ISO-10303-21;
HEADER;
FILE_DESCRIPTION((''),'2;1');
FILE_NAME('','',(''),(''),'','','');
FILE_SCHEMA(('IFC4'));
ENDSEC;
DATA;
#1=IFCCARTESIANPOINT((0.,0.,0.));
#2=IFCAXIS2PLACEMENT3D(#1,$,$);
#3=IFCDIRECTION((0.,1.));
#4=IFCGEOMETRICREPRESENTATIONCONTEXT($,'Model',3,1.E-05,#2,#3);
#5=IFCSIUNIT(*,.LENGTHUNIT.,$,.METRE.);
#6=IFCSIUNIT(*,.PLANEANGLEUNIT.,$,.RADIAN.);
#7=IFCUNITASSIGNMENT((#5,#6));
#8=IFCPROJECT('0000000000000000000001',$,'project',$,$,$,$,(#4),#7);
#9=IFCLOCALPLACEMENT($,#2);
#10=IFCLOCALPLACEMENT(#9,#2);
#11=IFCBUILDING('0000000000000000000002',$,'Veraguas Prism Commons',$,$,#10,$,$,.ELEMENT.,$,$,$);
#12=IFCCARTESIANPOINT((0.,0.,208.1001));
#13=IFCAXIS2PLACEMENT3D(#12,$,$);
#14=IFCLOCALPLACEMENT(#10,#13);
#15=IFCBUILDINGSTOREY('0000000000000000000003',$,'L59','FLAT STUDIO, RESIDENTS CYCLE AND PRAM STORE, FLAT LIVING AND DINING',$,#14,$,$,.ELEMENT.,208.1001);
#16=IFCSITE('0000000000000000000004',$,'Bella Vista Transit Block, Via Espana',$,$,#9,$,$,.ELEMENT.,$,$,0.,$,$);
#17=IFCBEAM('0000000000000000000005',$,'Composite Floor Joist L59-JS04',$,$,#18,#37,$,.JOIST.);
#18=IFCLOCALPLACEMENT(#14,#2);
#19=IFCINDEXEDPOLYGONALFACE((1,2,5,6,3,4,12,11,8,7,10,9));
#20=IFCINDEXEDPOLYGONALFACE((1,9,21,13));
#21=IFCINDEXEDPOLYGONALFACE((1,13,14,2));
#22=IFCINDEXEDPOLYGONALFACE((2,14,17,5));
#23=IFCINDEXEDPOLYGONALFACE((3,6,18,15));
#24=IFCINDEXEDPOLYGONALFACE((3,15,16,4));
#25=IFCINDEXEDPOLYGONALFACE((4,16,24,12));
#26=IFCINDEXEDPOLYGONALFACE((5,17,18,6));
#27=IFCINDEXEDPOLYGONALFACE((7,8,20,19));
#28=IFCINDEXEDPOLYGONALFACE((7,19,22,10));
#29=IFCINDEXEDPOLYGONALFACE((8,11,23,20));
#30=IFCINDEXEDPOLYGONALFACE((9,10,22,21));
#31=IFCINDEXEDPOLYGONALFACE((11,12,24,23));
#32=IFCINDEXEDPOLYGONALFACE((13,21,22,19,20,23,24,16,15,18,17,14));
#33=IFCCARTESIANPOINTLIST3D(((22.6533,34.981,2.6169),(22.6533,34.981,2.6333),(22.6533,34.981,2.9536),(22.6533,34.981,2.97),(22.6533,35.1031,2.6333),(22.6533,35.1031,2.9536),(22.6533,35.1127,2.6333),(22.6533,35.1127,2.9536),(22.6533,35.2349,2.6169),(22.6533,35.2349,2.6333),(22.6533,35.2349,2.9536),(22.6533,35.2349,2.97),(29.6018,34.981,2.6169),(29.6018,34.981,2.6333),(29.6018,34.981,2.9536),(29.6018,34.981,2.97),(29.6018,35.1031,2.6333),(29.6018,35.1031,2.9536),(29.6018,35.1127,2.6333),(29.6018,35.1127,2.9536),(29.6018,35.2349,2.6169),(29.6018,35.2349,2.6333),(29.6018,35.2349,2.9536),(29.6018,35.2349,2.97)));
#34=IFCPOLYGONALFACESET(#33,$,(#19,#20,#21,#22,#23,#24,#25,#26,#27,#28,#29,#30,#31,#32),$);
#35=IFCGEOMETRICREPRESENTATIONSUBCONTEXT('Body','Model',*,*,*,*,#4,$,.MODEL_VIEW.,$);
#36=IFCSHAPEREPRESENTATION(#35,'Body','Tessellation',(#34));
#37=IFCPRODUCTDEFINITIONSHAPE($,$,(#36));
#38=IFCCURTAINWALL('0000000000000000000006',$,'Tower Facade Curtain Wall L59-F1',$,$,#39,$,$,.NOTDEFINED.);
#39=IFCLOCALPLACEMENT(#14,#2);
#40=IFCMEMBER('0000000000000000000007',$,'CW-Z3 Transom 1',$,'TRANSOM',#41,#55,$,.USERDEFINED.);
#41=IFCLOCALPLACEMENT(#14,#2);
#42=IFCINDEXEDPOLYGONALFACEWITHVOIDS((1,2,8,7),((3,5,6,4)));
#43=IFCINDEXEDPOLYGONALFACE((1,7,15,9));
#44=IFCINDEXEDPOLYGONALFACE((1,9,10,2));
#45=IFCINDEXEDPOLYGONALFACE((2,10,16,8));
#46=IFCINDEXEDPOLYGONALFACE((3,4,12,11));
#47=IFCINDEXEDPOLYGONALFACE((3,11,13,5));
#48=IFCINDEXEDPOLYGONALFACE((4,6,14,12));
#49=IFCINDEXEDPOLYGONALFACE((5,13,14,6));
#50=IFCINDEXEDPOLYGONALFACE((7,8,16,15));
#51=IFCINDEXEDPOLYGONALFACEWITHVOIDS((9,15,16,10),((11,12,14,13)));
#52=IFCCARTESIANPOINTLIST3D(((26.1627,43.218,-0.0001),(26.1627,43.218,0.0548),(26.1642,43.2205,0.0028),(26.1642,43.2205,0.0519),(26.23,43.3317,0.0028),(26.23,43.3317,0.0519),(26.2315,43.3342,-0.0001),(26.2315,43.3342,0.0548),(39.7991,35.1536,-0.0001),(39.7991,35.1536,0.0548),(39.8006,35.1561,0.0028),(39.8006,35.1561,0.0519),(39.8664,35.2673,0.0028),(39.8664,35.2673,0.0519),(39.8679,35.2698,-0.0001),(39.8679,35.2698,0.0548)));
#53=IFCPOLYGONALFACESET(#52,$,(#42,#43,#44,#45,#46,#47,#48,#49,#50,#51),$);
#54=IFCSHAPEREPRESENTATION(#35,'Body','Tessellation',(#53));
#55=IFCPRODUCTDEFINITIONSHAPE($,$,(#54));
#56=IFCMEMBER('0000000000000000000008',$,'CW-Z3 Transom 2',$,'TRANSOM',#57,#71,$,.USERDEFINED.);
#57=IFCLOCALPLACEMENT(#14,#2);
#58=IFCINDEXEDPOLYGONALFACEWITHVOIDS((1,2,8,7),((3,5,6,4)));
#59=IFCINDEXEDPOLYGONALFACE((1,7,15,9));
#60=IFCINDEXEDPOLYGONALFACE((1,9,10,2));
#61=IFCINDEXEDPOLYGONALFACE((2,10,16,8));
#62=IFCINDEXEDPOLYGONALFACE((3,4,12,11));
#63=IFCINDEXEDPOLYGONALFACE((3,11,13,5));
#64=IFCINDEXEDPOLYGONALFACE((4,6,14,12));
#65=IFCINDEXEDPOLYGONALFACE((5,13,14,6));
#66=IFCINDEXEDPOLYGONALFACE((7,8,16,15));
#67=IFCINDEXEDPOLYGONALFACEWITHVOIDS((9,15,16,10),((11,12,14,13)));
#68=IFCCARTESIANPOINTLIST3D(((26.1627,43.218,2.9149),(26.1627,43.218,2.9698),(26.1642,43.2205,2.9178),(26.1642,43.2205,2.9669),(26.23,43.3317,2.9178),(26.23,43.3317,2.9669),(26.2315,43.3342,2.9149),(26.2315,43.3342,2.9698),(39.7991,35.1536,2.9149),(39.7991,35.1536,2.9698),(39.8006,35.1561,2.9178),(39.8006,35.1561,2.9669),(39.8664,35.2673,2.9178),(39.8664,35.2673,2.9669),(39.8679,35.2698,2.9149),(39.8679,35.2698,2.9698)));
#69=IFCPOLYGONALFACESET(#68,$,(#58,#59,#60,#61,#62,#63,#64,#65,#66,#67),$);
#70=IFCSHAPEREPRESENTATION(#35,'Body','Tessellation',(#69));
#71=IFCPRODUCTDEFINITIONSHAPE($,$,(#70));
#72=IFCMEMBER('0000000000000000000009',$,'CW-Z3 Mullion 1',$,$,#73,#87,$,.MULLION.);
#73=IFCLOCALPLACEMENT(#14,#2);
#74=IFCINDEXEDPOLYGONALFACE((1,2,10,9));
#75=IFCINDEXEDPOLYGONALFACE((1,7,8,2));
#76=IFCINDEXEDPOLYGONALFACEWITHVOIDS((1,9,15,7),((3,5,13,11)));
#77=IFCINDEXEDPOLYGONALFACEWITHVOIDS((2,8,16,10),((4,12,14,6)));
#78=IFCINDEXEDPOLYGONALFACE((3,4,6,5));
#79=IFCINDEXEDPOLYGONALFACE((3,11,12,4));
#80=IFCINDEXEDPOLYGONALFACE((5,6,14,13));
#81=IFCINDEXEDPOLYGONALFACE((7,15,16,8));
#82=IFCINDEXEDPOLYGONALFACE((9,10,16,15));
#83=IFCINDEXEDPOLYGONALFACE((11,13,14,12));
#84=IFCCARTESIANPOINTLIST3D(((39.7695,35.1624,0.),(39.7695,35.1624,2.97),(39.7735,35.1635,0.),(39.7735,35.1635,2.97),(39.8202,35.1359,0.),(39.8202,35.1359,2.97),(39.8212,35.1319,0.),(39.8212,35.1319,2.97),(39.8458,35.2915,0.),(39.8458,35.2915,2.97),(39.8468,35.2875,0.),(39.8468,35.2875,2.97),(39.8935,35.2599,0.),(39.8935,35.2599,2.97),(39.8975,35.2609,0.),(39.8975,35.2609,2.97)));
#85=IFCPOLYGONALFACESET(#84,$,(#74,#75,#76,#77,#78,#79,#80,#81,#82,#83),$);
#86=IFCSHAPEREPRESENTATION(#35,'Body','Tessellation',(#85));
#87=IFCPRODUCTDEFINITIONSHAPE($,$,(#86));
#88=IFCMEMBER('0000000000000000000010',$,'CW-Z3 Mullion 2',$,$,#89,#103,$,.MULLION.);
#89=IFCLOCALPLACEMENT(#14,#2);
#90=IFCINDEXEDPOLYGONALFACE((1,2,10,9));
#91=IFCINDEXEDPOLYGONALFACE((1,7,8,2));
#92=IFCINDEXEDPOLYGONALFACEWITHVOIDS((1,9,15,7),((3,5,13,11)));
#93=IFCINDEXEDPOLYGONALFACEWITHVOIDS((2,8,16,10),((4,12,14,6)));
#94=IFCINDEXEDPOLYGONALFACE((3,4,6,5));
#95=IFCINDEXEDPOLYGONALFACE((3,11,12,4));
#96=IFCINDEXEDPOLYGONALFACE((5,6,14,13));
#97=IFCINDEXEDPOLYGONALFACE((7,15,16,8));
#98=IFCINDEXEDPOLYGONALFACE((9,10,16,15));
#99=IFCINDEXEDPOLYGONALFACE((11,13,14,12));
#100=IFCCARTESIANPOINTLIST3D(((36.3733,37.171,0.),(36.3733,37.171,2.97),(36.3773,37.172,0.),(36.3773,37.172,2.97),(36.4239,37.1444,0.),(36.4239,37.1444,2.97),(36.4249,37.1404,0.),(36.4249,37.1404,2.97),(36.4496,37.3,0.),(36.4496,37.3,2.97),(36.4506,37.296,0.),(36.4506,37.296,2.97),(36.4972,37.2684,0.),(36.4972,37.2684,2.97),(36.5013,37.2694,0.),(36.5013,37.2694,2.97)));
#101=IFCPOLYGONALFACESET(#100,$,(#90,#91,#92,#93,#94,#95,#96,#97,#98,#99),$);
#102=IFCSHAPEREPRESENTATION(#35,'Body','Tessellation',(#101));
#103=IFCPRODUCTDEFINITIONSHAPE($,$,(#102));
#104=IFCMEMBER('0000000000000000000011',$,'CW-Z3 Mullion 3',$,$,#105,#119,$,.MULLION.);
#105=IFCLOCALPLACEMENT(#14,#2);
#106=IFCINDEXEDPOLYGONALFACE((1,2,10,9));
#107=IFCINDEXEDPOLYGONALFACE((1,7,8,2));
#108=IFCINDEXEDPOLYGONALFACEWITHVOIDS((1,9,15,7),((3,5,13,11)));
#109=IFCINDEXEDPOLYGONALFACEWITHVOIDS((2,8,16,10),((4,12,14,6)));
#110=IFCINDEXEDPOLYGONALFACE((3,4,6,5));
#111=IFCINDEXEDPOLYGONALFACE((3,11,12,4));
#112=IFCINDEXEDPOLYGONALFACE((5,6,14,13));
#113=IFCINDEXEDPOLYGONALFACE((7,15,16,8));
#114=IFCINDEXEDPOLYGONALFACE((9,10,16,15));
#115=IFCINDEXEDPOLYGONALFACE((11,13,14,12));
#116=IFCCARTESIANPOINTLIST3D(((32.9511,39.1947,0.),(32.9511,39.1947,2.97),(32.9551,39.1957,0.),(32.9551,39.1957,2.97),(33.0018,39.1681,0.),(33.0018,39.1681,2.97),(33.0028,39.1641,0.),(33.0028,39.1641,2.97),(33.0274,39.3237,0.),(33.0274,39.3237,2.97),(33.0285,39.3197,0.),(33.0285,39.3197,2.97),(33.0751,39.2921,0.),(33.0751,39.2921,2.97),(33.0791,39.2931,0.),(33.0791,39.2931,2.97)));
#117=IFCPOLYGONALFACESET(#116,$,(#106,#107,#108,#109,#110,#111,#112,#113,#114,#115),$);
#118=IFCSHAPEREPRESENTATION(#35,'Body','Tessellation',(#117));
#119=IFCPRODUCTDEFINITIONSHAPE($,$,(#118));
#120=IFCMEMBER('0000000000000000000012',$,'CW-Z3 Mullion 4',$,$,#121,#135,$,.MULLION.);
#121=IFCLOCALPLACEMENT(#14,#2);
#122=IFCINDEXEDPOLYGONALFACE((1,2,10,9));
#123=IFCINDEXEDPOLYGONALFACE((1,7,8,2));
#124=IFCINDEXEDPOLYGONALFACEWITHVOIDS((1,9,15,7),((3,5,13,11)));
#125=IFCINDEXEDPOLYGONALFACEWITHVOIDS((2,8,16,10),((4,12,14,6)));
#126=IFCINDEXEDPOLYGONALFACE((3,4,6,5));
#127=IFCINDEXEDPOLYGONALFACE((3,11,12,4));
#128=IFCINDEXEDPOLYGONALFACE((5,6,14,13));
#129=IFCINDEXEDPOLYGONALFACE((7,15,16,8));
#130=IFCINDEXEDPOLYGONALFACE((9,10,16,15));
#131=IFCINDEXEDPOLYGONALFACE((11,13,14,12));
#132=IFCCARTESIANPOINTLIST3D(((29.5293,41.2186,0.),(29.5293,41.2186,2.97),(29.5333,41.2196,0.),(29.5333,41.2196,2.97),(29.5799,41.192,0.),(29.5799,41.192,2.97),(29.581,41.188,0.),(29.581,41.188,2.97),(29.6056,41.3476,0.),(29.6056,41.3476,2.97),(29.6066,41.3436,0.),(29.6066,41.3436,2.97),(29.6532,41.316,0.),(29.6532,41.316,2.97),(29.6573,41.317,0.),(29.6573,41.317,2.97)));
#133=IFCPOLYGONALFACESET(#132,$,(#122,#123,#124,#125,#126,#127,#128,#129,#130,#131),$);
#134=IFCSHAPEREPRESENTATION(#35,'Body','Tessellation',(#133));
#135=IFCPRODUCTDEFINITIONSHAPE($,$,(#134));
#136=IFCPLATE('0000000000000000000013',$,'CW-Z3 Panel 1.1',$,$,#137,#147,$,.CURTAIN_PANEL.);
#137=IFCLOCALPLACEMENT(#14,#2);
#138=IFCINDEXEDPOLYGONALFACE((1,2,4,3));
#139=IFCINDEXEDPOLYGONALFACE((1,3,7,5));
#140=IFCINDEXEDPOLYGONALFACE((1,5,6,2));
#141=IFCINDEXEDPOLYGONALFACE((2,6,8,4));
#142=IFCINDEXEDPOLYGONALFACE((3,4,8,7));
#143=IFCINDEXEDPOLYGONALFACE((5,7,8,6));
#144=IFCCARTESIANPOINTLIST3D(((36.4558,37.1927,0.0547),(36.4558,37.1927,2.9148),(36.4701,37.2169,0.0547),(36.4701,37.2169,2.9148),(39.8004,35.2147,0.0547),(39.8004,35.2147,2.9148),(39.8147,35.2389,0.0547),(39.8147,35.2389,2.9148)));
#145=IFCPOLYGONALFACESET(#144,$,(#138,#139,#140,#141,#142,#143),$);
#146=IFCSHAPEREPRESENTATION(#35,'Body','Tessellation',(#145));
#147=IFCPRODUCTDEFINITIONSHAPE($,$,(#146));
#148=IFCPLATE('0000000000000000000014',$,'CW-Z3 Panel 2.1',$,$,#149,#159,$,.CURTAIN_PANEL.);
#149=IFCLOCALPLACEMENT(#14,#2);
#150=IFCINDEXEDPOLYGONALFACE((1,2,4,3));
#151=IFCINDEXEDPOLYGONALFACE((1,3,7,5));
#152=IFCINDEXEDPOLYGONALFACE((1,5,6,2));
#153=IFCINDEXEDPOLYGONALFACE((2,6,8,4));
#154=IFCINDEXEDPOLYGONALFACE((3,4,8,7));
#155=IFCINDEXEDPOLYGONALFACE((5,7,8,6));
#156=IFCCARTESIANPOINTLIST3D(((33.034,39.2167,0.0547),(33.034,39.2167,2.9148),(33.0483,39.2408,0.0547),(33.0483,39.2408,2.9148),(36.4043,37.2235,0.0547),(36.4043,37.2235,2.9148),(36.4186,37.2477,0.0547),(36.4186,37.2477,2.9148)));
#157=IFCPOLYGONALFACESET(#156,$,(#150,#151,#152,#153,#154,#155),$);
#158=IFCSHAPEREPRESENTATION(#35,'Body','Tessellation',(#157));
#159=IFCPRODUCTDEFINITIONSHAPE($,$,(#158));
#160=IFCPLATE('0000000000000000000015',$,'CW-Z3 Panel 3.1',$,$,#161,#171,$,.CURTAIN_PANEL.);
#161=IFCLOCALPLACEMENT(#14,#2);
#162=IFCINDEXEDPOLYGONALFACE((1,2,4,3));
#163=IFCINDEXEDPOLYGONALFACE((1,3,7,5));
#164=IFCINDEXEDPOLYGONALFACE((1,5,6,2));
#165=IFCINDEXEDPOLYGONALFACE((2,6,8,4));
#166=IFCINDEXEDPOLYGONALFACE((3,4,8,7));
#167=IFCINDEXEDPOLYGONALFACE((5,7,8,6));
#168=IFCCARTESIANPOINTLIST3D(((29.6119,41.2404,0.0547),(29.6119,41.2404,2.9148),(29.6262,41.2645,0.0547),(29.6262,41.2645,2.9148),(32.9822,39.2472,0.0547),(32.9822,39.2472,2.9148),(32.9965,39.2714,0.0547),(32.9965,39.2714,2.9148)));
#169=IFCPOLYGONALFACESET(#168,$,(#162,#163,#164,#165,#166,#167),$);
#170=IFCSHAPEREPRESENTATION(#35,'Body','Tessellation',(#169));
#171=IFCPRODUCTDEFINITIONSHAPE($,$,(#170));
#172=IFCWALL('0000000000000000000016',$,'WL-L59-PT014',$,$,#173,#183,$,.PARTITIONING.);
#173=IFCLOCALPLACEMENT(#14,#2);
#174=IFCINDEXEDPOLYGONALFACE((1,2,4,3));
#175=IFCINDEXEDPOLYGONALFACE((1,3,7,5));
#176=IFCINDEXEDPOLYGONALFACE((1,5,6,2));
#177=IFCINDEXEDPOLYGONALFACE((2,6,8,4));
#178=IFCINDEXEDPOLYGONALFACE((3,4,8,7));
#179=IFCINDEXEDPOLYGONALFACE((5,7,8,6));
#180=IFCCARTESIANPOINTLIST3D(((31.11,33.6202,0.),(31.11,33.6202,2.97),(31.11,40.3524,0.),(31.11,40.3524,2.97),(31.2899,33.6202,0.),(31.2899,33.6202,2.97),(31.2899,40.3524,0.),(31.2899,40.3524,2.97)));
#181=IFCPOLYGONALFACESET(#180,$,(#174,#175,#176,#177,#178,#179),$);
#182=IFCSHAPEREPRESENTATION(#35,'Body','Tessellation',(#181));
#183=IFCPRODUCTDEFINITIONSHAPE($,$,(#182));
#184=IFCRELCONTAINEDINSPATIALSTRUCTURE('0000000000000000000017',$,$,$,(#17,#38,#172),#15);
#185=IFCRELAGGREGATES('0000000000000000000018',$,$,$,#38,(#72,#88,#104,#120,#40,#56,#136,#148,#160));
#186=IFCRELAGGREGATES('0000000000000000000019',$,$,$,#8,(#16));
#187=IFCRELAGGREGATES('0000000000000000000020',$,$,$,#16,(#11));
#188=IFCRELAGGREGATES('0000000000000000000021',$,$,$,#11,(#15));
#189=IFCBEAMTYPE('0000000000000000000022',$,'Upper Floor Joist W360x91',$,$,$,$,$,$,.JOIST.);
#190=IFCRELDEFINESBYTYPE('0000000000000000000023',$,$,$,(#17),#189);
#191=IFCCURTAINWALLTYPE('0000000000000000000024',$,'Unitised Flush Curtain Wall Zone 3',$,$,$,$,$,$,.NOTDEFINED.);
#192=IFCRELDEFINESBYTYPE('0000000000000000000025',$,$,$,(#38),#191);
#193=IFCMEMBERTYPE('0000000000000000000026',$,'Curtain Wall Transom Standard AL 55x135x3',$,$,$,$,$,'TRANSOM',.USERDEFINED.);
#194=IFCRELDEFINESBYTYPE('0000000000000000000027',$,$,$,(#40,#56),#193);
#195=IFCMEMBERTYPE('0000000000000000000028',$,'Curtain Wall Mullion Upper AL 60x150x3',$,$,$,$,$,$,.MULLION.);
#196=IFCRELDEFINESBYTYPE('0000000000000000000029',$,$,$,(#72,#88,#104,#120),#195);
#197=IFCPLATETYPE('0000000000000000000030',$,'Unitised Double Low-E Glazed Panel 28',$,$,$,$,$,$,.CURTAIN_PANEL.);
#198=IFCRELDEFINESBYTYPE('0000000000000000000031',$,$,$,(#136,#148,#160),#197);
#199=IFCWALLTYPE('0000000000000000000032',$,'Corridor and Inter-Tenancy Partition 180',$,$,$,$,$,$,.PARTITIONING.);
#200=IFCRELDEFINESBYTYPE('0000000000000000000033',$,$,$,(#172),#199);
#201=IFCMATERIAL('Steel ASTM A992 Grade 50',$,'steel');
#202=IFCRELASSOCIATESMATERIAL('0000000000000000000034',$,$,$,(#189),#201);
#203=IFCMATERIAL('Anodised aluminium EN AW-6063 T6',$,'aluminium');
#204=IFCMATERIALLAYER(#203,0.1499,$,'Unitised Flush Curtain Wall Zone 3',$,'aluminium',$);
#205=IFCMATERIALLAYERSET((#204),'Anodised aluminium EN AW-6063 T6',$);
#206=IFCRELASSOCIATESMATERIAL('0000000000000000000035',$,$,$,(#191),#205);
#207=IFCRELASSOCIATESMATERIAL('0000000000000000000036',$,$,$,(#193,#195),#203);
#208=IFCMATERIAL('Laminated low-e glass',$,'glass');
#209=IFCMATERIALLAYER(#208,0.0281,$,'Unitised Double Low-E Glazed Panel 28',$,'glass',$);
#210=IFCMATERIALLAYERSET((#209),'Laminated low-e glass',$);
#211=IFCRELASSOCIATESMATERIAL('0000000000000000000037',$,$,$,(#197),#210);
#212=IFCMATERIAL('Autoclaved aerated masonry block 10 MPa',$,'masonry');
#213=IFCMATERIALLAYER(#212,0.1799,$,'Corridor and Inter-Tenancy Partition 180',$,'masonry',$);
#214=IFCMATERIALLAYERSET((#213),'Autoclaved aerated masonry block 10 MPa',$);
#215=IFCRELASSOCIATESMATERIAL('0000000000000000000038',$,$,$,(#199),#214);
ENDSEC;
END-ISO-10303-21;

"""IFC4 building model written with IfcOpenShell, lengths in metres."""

from ifc_helpers import new_model, si_unit, direction, frame, frame_2d, origin, origin_2d, place, context, subcontext, project, spatial, rectangle, hollow_rectangle, i_section, extrude, source, transform, mapped, material, layer, layer_set, material_profile, profile_set, type_object, element, aggregate, save


model = new_model("IFC4")

# Units and contexts
model_context = context("Model", 3, precision=1e-05, world=origin(), true_north=direction((0.0, 1.0)))
body_context = subcontext(model_context, "Body", "Model", "MODEL_VIEW")
ifc_project = project(units=[si_unit("LENGTHUNIT", "METRE"), si_unit("PLANEANGLEUNIT", "RADIAN")], contexts=[model_context])

# Site, building, storey
site_placement = place(None, origin())
site = spatial("IfcSite", under=ifc_project, at=site_placement, Name="Bella Vista Transit Block, Via Espana", CompositionType="ELEMENT", RefElevation=0.0)
building_placement = place(site_placement, origin())
building = spatial("IfcBuilding", under=site, at=building_placement, Name="Veraguas Prism Commons", CompositionType="ELEMENT")
storey_placement = place(building_placement, frame((0.0, 0.0, 208.1001)))
storey = spatial("IfcBuildingStorey", under=building, at=storey_placement, Name="L59", Description="FLAT STUDIO, RESIDENTS CYCLE AND PRAM STORE, FLAT LIVING AND DINING", CompositionType="ELEMENT", Elevation=208.1001)

# Beam
ifc_material_1 = material(Name="Steel ASTM A992 Grade 50", Category="steel")
ifc_material_profile_1 = material_profile(ifc_material_1, i_section(OverallWidth=0.2539, OverallDepth=0.353, WebThickness=0.0095, FlangeThickness=0.0164, at=origin_2d()), Name="W360X91")
ifc_profile_set_1 = profile_set([ifc_material_profile_1], Name="Steel ASTM A992 Grade 50")
beam_type = type_object("IfcBeamType", Name="Upper Floor Joist W360x91", PredefinedType="JOIST", material=ifc_profile_set_1)
beam_placement = place(storey_placement, frame((29.6018, 35.1079, 2.7935), z_axis=(-1.0, 0.0, 0.0), x_axis=(0.0, -1.0, 0.0)))
element("IfcBeam", 1, at=beam_placement, inside=storey, type_object=beam_type, Name="Composite Floor Joist L59-JS04", PredefinedType="JOIST", context=body_context, shape_type="SweptSolid", body=[
    extrude(i_section(OverallWidth=0.2539, OverallDepth=0.353, WebThickness=0.0095, FlangeThickness=0.0164, at=origin_2d()), origin(), (0.0, 0.0, 1.0), 6.9485),
])

# Curtain wall, members, plates
ifc_material_2 = material(Name="Anodised aluminium EN AW-6063 T6", Category="aluminium")
ifc_layer_1 = layer(ifc_material_2, 0.1499, Name="Unitised Flush Curtain Wall Zone 3", Category="aluminium")
ifc_layer_set_1 = layer_set([ifc_layer_1], Name="Anodised aluminium EN AW-6063 T6")
curtain_wall_type = type_object("IfcCurtainWallType", Name="Unitised Flush Curtain Wall Zone 3", PredefinedType="NOTDEFINED", material=ifc_layer_set_1)
curtain_wall_placement = place(storey_placement, origin())
curtain_wall = element("IfcCurtainWall", 2, at=curtain_wall_placement, inside=storey, type_object=curtain_wall_type, Name="Tower Facade Curtain Wall L59-F1", PredefinedType="NOTDEFINED")
ifc_material_profile_2 = material_profile(ifc_material_2, hollow_rectangle(XDim=0.0549, YDim=0.135, WallThickness=0.0029, at=origin_2d()), Name="AL55X135X3")
ifc_profile_set_2 = profile_set([ifc_material_profile_2], Name="Anodised aluminium EN AW-6063 T6")
member_type_1 = type_object("IfcMemberType", Name="Curtain Wall Transom Standard AL 55x135x3", ElementType="TRANSOM", PredefinedType="USERDEFINED", material=ifc_profile_set_2)
shared_shape_1 = source(origin(), body_context, "Body", "SweptSolid", [
    extrude(hollow_rectangle(XDim=0.0549, YDim=0.135, WallThickness=0.0029, at=origin_2d()), origin(), (0.0, 0.0, 1.0), 15.8425),
])
member_1_placement = place(storey_placement, frame((39.8335, 35.2117, 0.0273), z_axis=(-0.860746, 0.509035, 0.0), x_axis=(0.0, 0.0, 1.0)))
member_1 = element("IfcMember", 3, at=member_1_placement, type_object=member_type_1, Name="CW-Z3 Transom 1", ObjectType="TRANSOM", PredefinedType="USERDEFINED", context=body_context, shape_type="MappedRepresentation", body=[
    mapped(shared_shape_1, transform((0.0, 0.0, 0.0), scale=1.0)),
])
member_2_placement = place(storey_placement, frame((39.8335, 35.2117, 2.9424), z_axis=(-0.860746, 0.509035, 0.0), x_axis=(0.0, 0.0, 1.0)))
member_2 = element("IfcMember", 4, at=member_2_placement, type_object=member_type_1, Name="CW-Z3 Transom 2", ObjectType="TRANSOM", PredefinedType="USERDEFINED", context=body_context, shape_type="MappedRepresentation", body=[
    mapped(shared_shape_1, transform((0.0, 0.0, 0.0), scale=1.0)),
])
ifc_material_profile_3 = material_profile(ifc_material_2, hollow_rectangle(XDim=0.0601, YDim=0.1499, WallThickness=0.0029, at=origin_2d()), Name="AL60X150X3")
ifc_profile_set_3 = profile_set([ifc_material_profile_3], Name="Anodised aluminium EN AW-6063 T6")
member_type_2 = type_object("IfcMemberType", Name="Curtain Wall Mullion Upper AL 60x150x3", PredefinedType="MULLION", material=ifc_profile_set_3)
shared_shape_2 = source(origin(), body_context, "Body", "SweptSolid", [
    extrude(hollow_rectangle(XDim=0.0601, YDim=0.1499, WallThickness=0.0029, at=origin_2d()), origin(), (0.0, 0.0, 1.0), 2.97),
])
member_3_placement = place(storey_placement, frame((39.8335, 35.2117, 0.0), z_axis=(0.0, 0.0, 1.0), x_axis=(-0.860741, 0.509043, 0.0)))
member_3 = element("IfcMember", 5, at=member_3_placement, type_object=member_type_2, Name="CW-Z3 Mullion 1", PredefinedType="MULLION", context=body_context, shape_type="MappedRepresentation", body=[
    mapped(shared_shape_2, transform((0.0, 0.0, 0.0), scale=1.0)),
])
member_4_placement = place(storey_placement, frame((36.4373, 37.2202, 0.0), z_axis=(0.0, 0.0, 1.0), x_axis=(-0.860741, 0.509043, 0.0)))
member_4 = element("IfcMember", 6, at=member_4_placement, type_object=member_type_2, Name="CW-Z3 Mullion 2", PredefinedType="MULLION", context=body_context, shape_type="MappedRepresentation", body=[
    mapped(shared_shape_2, transform((0.0, 0.0, 0.0), scale=1.0)),
])
member_5_placement = place(storey_placement, frame((33.0151, 39.2439, 0.0), z_axis=(0.0, 0.0, 1.0), x_axis=(-0.860741, 0.509043, 0.0)))
member_5 = element("IfcMember", 7, at=member_5_placement, type_object=member_type_2, Name="CW-Z3 Mullion 3", PredefinedType="MULLION", context=body_context, shape_type="MappedRepresentation", body=[
    mapped(shared_shape_2, transform((0.0, 0.0, 0.0), scale=1.0)),
])
member_6_placement = place(storey_placement, frame((29.5933, 41.2678, 0.0), z_axis=(0.0, 0.0, 1.0), x_axis=(-0.860741, 0.509043, 0.0)))
member_6 = element("IfcMember", 8, at=member_6_placement, type_object=member_type_2, Name="CW-Z3 Mullion 4", PredefinedType="MULLION", context=body_context, shape_type="MappedRepresentation", body=[
    mapped(shared_shape_2, transform((0.0, 0.0, 0.0), scale=1.0)),
])
ifc_material_3 = material(Name="Laminated low-e glass", Category="glass")
ifc_layer_2 = layer(ifc_material_3, 0.0281, Name="Unitised Double Low-E Glazed Panel 28", Category="glass")
ifc_layer_set_2 = layer_set([ifc_layer_2], Name="Laminated low-e glass")
plate_type = type_object("IfcPlateType", Name="Unitised Double Low-E Glazed Panel 28", PredefinedType="CURTAIN_PANEL", material=ifc_layer_set_2)
shared_shape_3 = source(origin(), body_context, "Body", "SweptSolid", [
    extrude(rectangle(XDim=3.8857, YDim=0.0281, at=origin_2d()), origin(), (0.0, 0.0, 1.0), 2.8601),
])
plate_1_placement = place(storey_placement, frame((38.1353, 36.2158, 0.0547), z_axis=(0.0, 0.0, 1.0), x_axis=(-0.860741, 0.509043, 0.0)))
plate_1 = element("IfcPlate", 9, at=plate_1_placement, type_object=plate_type, Name="CW-Z3 Panel 1.1", PredefinedType="CURTAIN_PANEL", context=body_context, shape_type="MappedRepresentation", body=[
    mapped(shared_shape_3, transform((0.0, 0.0, 0.0), scale=1.0)),
])
shared_shape_4 = source(origin(), body_context, "Body", "SweptSolid", [
    extrude(rectangle(XDim=3.9155, YDim=0.0281, at=origin_2d()), origin(), (0.0, 0.0, 1.0), 2.8601),
])
plate_2_placement = place(storey_placement, frame((34.7263, 38.2322, 0.0547), z_axis=(0.0, 0.0, 1.0), x_axis=(-0.860741, 0.509043, 0.0)))
plate_2 = element("IfcPlate", 10, at=plate_2_placement, type_object=plate_type, Name="CW-Z3 Panel 2.1", PredefinedType="CURTAIN_PANEL", context=body_context, shape_type="MappedRepresentation", body=[
    mapped(shared_shape_4, transform((0.0, 0.0, 0.0), scale=1.0)),
])
plate_3_placement = place(storey_placement, frame((31.3042, 40.2559, 0.0547), z_axis=(0.0, 0.0, 1.0), x_axis=(-0.860741, 0.509043, 0.0)))
plate_3 = element("IfcPlate", 11, at=plate_3_placement, type_object=plate_type, Name="CW-Z3 Panel 3.1", PredefinedType="CURTAIN_PANEL", context=body_context, shape_type="MappedRepresentation", body=[
    mapped(shared_shape_4, transform((0.0, 0.0, 0.0), scale=1.0)),
])
aggregate(curtain_wall, [member_3, member_4, member_5, member_6, member_1, member_2, plate_1, plate_2, plate_3])

# Wall
ifc_material_4 = material(Name="Autoclaved aerated masonry block 10 MPa", Category="masonry")
ifc_layer_3 = layer(ifc_material_4, 0.1799, Name="Corridor and Inter-Tenancy Partition 180", Category="masonry")
ifc_layer_set_3 = layer_set([ifc_layer_3], Name="Autoclaved aerated masonry block 10 MPa")
wall_type_1 = type_object("IfcWallType", Name="Corridor and Inter-Tenancy Partition 180", PredefinedType="PARTITIONING", material=ifc_layer_set_3)
wall_1_placement = place(storey_placement, frame((31.2, 33.6201, 0.0), z_axis=(0.0, 0.0, 1.0), x_axis=(0.0, 1.0, 0.0)))
element("IfcWall", 12, at=wall_1_placement, inside=storey, type_object=wall_type_1, Name="WL-L59-PT014", PredefinedType="PARTITIONING", context=body_context, shape_type="SweptSolid", body=[
    extrude(rectangle(XDim=6.7322, YDim=0.1799, at=frame_2d((3.3662, 0.0))), origin(), (0.0, 0.0, 1.0), 2.97),
])

save(model, "model.ifc")
